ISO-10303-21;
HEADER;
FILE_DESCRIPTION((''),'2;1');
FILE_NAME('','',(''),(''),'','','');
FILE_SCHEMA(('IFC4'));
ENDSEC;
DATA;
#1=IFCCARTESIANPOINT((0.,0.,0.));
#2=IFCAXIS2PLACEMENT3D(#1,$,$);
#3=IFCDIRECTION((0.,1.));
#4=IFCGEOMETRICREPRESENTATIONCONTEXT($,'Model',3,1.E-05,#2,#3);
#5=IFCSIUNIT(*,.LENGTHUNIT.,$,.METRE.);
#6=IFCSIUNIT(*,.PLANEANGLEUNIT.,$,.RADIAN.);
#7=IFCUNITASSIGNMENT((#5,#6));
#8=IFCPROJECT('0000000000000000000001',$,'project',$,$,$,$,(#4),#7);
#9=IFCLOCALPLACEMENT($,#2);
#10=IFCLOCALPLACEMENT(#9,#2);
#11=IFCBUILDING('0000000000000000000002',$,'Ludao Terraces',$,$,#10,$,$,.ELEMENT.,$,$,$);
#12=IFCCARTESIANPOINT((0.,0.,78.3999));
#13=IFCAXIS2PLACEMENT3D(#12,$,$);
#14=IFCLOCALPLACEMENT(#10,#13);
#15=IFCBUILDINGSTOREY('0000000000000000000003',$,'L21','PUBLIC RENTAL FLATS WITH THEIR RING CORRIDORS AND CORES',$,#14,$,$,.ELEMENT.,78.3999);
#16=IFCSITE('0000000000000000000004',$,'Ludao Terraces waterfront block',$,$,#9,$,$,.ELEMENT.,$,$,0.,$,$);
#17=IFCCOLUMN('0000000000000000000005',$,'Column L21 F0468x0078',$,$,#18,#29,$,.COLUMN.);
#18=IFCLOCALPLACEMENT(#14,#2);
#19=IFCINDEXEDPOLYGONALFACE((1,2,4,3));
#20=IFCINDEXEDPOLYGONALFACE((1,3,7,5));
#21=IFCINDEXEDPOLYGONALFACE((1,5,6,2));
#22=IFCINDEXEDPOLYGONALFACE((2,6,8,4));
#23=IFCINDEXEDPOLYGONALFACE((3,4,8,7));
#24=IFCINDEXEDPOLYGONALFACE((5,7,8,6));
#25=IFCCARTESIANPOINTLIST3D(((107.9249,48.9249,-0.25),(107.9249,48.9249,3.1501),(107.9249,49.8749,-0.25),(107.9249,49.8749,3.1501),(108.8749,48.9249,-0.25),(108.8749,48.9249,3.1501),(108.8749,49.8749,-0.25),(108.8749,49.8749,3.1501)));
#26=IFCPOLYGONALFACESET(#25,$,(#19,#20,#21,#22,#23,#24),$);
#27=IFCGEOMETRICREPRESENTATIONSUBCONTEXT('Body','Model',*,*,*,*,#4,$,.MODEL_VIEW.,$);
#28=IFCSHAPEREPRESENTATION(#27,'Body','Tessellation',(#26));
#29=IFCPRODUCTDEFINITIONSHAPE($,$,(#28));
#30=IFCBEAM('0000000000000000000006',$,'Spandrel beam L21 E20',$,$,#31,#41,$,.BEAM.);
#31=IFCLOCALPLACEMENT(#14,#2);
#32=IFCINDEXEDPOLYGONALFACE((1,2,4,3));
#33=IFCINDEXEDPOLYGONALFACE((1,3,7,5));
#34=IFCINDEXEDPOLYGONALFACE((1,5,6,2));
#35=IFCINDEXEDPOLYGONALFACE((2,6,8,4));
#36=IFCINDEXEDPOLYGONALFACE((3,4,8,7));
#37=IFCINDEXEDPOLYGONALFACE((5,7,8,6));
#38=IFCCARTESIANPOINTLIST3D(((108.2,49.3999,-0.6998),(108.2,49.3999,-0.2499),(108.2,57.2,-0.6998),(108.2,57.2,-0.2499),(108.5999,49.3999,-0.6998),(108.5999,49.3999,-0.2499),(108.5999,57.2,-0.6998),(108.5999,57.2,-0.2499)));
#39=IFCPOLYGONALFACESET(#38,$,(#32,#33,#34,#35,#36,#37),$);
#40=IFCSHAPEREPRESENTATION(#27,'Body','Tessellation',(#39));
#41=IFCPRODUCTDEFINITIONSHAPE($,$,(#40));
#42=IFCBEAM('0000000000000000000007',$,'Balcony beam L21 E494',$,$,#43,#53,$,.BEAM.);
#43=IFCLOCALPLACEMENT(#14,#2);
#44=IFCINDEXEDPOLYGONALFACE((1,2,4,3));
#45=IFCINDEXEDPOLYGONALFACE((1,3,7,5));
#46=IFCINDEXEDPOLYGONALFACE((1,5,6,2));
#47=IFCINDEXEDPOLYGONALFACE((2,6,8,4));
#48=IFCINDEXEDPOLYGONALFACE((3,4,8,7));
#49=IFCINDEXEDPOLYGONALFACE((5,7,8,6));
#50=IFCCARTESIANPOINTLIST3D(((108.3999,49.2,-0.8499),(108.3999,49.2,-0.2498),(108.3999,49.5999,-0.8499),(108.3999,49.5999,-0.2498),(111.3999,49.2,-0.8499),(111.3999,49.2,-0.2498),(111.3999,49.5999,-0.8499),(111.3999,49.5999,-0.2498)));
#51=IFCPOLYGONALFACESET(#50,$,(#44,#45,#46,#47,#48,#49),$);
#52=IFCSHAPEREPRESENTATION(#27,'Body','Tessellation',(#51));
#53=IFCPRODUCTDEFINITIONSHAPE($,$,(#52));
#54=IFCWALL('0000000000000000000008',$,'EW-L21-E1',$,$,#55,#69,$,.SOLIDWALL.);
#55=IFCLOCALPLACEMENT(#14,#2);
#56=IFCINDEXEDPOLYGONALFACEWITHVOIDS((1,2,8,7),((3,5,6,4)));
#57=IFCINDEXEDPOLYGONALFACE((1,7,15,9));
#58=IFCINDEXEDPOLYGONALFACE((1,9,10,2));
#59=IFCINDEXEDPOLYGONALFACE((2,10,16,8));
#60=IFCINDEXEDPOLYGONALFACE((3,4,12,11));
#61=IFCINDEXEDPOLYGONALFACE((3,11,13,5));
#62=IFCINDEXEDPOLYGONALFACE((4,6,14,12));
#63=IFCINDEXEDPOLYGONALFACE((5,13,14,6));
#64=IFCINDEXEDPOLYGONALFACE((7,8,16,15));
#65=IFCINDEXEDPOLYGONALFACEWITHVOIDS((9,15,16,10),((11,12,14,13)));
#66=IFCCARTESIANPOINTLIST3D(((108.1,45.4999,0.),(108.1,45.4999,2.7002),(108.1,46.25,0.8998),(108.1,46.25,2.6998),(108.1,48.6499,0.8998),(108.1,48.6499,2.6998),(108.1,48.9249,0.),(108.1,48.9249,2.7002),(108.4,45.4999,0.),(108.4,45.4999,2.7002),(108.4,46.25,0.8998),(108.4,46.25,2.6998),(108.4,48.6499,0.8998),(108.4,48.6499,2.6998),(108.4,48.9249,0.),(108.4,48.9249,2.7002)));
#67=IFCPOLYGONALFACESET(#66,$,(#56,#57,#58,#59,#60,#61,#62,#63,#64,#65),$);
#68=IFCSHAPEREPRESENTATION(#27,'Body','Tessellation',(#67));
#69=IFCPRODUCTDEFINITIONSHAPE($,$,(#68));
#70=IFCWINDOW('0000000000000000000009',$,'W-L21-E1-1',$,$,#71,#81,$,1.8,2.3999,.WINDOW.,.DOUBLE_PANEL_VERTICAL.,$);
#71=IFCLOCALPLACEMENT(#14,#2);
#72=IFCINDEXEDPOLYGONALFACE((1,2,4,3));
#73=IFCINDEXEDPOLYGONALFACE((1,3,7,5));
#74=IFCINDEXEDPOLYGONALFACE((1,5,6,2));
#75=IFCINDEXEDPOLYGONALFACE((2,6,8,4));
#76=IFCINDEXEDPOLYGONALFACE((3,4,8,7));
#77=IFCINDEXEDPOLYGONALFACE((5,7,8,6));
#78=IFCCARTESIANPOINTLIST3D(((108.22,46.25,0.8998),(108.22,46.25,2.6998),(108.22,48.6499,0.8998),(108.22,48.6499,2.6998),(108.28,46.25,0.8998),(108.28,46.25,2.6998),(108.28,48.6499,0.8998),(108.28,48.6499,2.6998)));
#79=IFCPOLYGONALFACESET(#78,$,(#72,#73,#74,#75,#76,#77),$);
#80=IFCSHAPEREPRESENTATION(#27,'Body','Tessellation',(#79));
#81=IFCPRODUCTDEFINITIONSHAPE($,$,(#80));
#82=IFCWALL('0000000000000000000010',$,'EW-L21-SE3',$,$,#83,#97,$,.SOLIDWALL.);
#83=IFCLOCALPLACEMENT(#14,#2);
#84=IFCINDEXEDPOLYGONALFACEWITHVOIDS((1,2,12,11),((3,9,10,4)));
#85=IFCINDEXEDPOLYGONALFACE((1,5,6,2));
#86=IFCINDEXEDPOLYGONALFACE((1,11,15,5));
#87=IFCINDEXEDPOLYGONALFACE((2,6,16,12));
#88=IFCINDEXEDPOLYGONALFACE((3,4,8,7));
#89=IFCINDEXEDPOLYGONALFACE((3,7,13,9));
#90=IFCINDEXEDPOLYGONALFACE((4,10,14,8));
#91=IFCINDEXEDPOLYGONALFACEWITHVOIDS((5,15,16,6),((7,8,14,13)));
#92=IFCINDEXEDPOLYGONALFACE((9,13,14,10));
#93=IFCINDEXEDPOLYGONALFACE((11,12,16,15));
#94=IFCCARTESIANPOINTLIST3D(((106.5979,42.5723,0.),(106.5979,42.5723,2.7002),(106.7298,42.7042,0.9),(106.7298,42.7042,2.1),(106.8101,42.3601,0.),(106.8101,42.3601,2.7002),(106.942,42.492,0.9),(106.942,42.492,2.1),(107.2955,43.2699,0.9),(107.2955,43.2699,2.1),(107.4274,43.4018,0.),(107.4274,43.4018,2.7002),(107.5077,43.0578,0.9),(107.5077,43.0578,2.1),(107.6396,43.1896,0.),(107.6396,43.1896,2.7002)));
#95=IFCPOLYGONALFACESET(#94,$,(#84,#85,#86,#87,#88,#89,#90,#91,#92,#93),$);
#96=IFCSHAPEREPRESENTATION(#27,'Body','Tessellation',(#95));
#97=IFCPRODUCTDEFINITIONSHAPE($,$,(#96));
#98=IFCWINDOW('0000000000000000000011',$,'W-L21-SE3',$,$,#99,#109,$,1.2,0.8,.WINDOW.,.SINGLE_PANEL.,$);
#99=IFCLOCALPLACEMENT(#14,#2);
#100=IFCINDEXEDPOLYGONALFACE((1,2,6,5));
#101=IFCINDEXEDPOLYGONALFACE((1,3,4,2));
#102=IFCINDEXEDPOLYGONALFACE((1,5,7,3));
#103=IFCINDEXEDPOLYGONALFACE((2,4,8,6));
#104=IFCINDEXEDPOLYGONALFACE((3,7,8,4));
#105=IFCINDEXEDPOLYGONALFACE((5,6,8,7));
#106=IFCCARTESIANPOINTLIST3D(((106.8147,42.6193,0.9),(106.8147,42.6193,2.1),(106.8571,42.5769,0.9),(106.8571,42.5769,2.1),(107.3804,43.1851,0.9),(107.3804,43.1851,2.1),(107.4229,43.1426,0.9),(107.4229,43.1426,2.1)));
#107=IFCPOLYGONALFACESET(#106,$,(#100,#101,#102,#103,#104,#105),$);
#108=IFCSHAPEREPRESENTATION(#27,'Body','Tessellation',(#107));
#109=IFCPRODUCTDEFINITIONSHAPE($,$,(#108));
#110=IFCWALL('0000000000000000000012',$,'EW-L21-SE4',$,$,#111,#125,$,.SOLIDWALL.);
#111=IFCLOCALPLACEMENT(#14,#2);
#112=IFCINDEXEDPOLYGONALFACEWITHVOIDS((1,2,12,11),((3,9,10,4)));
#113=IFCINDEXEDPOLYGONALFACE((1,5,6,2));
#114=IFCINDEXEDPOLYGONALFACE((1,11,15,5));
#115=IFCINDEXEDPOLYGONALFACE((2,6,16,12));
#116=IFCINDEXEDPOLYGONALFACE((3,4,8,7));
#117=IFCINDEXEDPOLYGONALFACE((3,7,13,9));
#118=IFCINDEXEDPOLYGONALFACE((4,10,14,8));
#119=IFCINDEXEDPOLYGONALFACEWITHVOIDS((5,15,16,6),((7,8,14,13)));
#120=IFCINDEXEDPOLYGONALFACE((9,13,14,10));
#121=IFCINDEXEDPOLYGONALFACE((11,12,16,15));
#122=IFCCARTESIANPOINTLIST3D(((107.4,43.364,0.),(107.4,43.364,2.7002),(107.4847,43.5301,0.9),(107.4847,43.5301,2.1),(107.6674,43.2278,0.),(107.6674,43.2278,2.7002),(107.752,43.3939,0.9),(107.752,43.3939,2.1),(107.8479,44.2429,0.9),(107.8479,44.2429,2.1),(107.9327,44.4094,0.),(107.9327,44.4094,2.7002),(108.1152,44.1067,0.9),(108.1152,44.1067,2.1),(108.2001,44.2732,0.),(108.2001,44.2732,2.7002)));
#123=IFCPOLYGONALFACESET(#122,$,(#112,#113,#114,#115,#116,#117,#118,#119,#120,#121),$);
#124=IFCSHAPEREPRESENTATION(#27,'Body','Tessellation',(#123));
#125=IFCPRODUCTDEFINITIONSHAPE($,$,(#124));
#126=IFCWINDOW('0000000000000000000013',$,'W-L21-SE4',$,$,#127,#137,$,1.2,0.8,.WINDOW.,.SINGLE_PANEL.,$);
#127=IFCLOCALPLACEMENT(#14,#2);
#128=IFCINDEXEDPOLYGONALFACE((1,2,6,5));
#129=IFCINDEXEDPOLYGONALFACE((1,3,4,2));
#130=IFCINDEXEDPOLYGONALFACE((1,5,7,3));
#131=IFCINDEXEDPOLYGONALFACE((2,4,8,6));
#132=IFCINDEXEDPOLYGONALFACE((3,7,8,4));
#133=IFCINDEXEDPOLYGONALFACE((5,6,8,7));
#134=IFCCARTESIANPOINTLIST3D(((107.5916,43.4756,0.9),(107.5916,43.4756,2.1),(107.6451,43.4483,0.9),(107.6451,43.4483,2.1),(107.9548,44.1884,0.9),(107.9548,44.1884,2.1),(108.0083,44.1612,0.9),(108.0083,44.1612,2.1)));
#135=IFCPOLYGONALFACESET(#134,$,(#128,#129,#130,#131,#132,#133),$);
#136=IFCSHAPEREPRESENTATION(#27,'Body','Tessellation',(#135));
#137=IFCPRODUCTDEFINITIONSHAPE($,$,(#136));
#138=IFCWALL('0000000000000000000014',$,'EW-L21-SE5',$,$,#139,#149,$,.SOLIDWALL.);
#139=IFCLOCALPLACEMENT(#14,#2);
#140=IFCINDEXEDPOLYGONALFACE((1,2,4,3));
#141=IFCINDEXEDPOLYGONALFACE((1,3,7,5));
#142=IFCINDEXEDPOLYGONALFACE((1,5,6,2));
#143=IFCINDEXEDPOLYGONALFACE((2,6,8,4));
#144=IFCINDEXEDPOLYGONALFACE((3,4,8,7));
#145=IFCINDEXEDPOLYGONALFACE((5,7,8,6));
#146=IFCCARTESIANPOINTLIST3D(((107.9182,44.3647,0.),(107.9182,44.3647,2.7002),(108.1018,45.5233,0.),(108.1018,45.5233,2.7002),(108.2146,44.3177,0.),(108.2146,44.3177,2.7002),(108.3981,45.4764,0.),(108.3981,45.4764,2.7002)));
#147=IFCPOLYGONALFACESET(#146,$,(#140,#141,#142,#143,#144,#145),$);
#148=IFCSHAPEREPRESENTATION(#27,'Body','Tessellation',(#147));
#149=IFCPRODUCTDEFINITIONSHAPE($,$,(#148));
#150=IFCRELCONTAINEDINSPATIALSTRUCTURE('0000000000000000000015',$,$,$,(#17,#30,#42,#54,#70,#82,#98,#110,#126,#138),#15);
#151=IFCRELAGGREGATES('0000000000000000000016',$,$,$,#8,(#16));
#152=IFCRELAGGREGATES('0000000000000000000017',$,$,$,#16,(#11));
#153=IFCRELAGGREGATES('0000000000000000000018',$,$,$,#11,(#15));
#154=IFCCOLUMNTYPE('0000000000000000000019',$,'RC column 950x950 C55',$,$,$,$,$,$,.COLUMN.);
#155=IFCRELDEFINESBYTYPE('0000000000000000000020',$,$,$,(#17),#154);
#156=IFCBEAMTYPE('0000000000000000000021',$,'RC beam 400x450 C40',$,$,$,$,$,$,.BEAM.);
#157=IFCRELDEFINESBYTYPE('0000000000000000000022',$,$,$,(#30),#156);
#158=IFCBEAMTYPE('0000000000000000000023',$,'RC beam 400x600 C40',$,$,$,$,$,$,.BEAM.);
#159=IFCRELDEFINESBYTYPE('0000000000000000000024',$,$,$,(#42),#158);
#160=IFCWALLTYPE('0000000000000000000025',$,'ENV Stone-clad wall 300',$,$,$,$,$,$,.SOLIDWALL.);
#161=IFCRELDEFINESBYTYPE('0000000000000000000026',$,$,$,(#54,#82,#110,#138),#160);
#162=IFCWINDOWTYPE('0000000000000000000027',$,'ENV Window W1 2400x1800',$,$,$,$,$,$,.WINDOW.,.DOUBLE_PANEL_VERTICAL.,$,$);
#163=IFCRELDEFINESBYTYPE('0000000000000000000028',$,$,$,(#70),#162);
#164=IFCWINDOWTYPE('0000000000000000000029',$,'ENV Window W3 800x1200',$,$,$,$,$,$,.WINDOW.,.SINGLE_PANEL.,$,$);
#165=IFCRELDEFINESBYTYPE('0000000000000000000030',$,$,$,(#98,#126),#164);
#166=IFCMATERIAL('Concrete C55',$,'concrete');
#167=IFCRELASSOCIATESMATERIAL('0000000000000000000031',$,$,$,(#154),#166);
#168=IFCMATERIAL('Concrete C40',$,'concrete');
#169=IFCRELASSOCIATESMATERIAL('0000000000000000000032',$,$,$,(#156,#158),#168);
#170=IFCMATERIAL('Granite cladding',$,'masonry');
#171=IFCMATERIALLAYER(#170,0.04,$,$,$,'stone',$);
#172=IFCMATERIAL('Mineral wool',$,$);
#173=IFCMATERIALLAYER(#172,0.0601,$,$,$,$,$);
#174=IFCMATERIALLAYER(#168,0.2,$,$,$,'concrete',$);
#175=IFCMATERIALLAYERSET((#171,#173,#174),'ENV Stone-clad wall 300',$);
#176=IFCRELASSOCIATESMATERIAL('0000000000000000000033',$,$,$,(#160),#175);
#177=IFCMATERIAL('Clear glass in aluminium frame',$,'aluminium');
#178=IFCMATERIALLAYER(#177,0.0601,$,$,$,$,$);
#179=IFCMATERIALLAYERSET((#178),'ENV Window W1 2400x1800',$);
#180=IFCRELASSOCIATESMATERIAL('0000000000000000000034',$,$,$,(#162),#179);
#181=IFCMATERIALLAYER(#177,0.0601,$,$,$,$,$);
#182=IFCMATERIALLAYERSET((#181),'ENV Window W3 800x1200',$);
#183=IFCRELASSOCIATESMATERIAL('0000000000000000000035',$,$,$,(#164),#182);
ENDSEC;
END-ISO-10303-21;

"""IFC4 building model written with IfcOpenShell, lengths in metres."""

from ifc_helpers import new_model, si_unit, direction, frame, frame_2d, origin, origin_2d, place, context, subcontext, project, spatial, rectangle, extrude, material, layer, layer_set, material_profile, profile_set, type_object, element, fill, save


model = new_model("IFC4")

# Units and contexts
model_context = context("Model", 3, precision=1e-05, world=origin(), true_north=direction((0.0, 1.0)))
body_context = subcontext(model_context, "Body", "Model", "MODEL_VIEW")
ifc_project = project(units=[si_unit("LENGTHUNIT", "METRE"), si_unit("PLANEANGLEUNIT", "RADIAN")], contexts=[model_context])

# Site, building, storey
site_placement = place(None, origin())
site = spatial("IfcSite", under=ifc_project, at=site_placement, Name="Ludao Terraces waterfront block", CompositionType="ELEMENT", RefElevation=0.0)
building_placement = place(site_placement, origin())
building = spatial("IfcBuilding", under=site, at=building_placement, Name="Ludao Terraces", CompositionType="ELEMENT")
storey_placement = place(building_placement, frame((0.0, 0.0, 78.3999)))
storey = spatial("IfcBuildingStorey", under=building, at=storey_placement, Name="L21", Description="PUBLIC RENTAL FLATS WITH THEIR RING CORRIDORS AND CORES", CompositionType="ELEMENT", Elevation=78.3999)

# Column
ifc_material_1 = material(Name="Concrete C55", Category="concrete")
ifc_material_profile_1 = material_profile(ifc_material_1, rectangle(XDim=0.95, YDim=0.95, at=origin_2d()), Name="950 X 950")
ifc_profile_set_1 = profile_set([ifc_material_profile_1], Name="Concrete C55")
column_type = type_object("IfcColumnType", Name="RC column 950x950 C55", PredefinedType="COLUMN", material=ifc_profile_set_1)
column_placement = place(storey_placement, frame((108.3999, 49.3999, -0.25), z_axis=(0.0, 0.0, 1.0), x_axis=(1.0, 0.0, 0.0)))
element("IfcColumn", 1, at=column_placement, inside=storey, type_object=column_type, Name="Column L21 F0468x0078", PredefinedType="COLUMN", context=body_context, shape_type="SweptSolid", body=[
    extrude(rectangle(XDim=0.95, YDim=0.95, at=origin_2d()), origin(), (0.0, 0.0, 1.0), 3.4001),
])

# Beams
ifc_material_2 = material(Name="Concrete C40", Category="concrete")
ifc_material_profile_2 = material_profile(ifc_material_2, rectangle(XDim=0.3999, YDim=0.45, at=origin_2d()), Name="400 X 450")
ifc_profile_set_2 = profile_set([ifc_material_profile_2], Name="Concrete C40")
beam_type_1 = type_object("IfcBeamType", Name="RC beam 400x450 C40", PredefinedType="BEAM", material=ifc_profile_set_2)
beam_1_placement = place(storey_placement, frame((108.3999, 49.3999, -0.4749), z_axis=(0.0, 1.0, 0.0), x_axis=(-1.0, 0.0, 0.0)))
element("IfcBeam", 2, at=beam_1_placement, inside=storey, type_object=beam_type_1, Name="Spandrel beam L21 E20", PredefinedType="BEAM", context=body_context, shape_type="SweptSolid", body=[
    extrude(rectangle(XDim=0.3999, YDim=0.45, at=origin_2d()), origin(), (0.0, 0.0, 1.0), 7.8),
])
ifc_material_profile_3 = material_profile(ifc_material_2, rectangle(XDim=0.3999, YDim=0.6001, at=origin_2d()), Name="400 X 600")
ifc_profile_set_3 = profile_set([ifc_material_profile_3], Name="Concrete C40")
beam_type_2 = type_object("IfcBeamType", Name="RC beam 400x600 C40", PredefinedType="BEAM", material=ifc_profile_set_3)
beam_2_placement = place(storey_placement, frame((108.3999, 49.3999, -0.5498), z_axis=(1.0, 0.0, 0.0), x_axis=(0.0, 1.0, 0.0)))
element("IfcBeam", 3, at=beam_2_placement, inside=storey, type_object=beam_type_2, Name="Balcony beam L21 E494", PredefinedType="BEAM", context=body_context, shape_type="SweptSolid", body=[
    extrude(rectangle(XDim=0.3999, YDim=0.6001, at=origin_2d()), origin(), (0.0, 0.0, 1.0), 3.0),
])

# Walls, openings, windows
ifc_material_3 = material(Name="Granite cladding", Category="masonry")
ifc_layer_1 = layer(ifc_material_3, 0.04, Category="stone")
ifc_material_4 = material(Name="Mineral wool")
ifc_layer_2 = layer(ifc_material_4, 0.0601)
ifc_layer_3 = layer(ifc_material_2, 0.2, Category="concrete")
ifc_layer_set_1 = layer_set([ifc_layer_1, ifc_layer_2, ifc_layer_3], Name="ENV Stone-clad wall 300")
wall_type = type_object("IfcWallType", Name="ENV Stone-clad wall 300", PredefinedType="SOLIDWALL", material=ifc_layer_set_1)
wall_1_placement = place(storey_placement, frame((108.25, 45.5, 0.0), z_axis=(0.0, 0.0, 1.0), x_axis=(0.0, 1.0, 0.0)))
wall_1 = element("IfcWall", 4, at=wall_1_placement, inside=storey, type_object=wall_type, Name="EW-L21-E1", PredefinedType="SOLIDWALL", context=body_context, shape_type="SweptSolid", body=[
    extrude(rectangle(XDim=3.425, YDim=0.3, at=frame_2d((1.7124, 0.0))), origin(), (0.0, 0.0, 1.0), 2.7002),
])
opening_1_placement = place(wall_1_placement, frame((0.75, 0.0, 0.8999)))
opening_1 = element("IfcOpeningElement", 5, at=opening_1_placement, cuts=wall_1, PredefinedType="OPENING", context=body_context, shape_type="SweptSolid", body=[
    extrude(rectangle(XDim=2.3999, YDim=1.8, at=frame_2d((1.2, 0.8999))), frame((0.0, 0.1602, 0.0), z_axis=(0.0, -1.0, 0.0), x_axis=(1.0, 0.0, 0.0)), (0.0, 0.0, 1.0), 0.3201),
])
ifc_material_5 = material(Name="Clear glass in aluminium frame", Category="aluminium")
ifc_layer_4 = layer(ifc_material_5, 0.0601)
ifc_layer_set_2 = layer_set([ifc_layer_4], Name="ENV Window W1 2400x1800")
window_type_1 = type_object("IfcWindowType", Name="ENV Window W1 2400x1800", PartitioningType="DOUBLE_PANEL_VERTICAL", PredefinedType="WINDOW", material=ifc_layer_set_2)
window_1_placement = place(opening_1_placement, origin())
window_1 = element("IfcWindow", 6, at=window_1_placement, inside=storey, type_object=window_type_1, Name="W-L21-E1-1", OverallHeight=1.8, OverallWidth=2.3999, PartitioningType="DOUBLE_PANEL_VERTICAL", PredefinedType="WINDOW", context=body_context, shape_type="SweptSolid", body=[
    extrude(rectangle(XDim=2.3999, YDim=1.8, at=frame_2d((1.2, 0.8999))), frame((0.0, 0.03, 0.0), z_axis=(0.0, -1.0, 0.0), x_axis=(1.0, 0.0, 0.0)), (0.0, 0.0, 1.0), 0.0601),
])
fill(opening_1, window_1)
wall_2_placement = place(storey_placement, frame((106.7041, 42.4663, 0.0), z_axis=(0.0, 0.0, 1.0), x_axis=(0.707107, 0.707107, 0.0)))
wall_2 = element("IfcWall", 7, at=wall_2_placement, inside=storey, type_object=wall_type, Name="EW-L21-SE3", PredefinedType="SOLIDWALL", context=body_context, shape_type="SweptSolid", body=[
    extrude(rectangle(XDim=1.1731, YDim=0.3, at=frame_2d((0.5864, 0.0))), origin(), (0.0, 0.0, 1.0), 2.7002),
])
opening_2_placement = place(wall_2_placement, frame((0.1865, 0.0, 0.8999)))
opening_2 = element("IfcOpeningElement", 8, at=opening_2_placement, cuts=wall_2, PredefinedType="OPENING", context=body_context, shape_type="SweptSolid", body=[
    extrude(rectangle(XDim=0.8, YDim=1.2, at=frame_2d((0.3999, 0.6001))), frame((0.0, 0.1602, 0.0), z_axis=(0.0, -1.0, 0.0), x_axis=(1.0, 0.0, 0.0)), (0.0, 0.0, 1.0), 0.3201),
])
ifc_layer_5 = layer(ifc_material_5, 0.0601)
ifc_layer_set_3 = layer_set([ifc_layer_5], Name="ENV Window W3 800x1200")
window_type_2 = type_object("IfcWindowType", Name="ENV Window W3 800x1200", PartitioningType="SINGLE_PANEL", PredefinedType="WINDOW", material=ifc_layer_set_3)
window_2_placement = place(opening_2_placement, origin())
window_2 = element("IfcWindow", 9, at=window_2_placement, inside=storey, type_object=window_type_2, Name="W-L21-SE3", OverallHeight=1.2, OverallWidth=0.8, PartitioningType="SINGLE_PANEL", PredefinedType="WINDOW", context=body_context, shape_type="SweptSolid", body=[
    extrude(rectangle(XDim=0.8, YDim=1.2, at=frame_2d((0.3999, 0.6001))), frame((0.0, 0.03, 0.0), z_axis=(0.0, -1.0, 0.0), x_axis=(1.0, 0.0, 0.0)), (0.0, 0.0, 1.0), 0.0601),
])
fill(opening_2, window_2)
wall_3_placement = place(storey_placement, frame((107.5337, 43.2959, 0.0), z_axis=(0.0, 0.0, 1.0), x_axis=(0.454026, 0.890989, 0.0)))
wall_3 = element("IfcWall", 10, at=wall_3_placement, inside=storey, type_object=wall_type, Name="EW-L21-SE4", PredefinedType="SOLIDWALL", context=body_context, shape_type="SweptSolid", body=[
    extrude(rectangle(XDim=1.1733, YDim=0.3, at=frame_2d((0.5867, 0.0))), origin(), (0.0, 0.0, 1.0), 2.7002),
])
opening_3_placement = place(wall_3_placement, frame((0.1865, 0.0, 0.8999)))
opening_3 = element("IfcOpeningElement", 11, at=opening_3_placement, cuts=wall_3, PredefinedType="OPENING", context=body_context, shape_type="SweptSolid", body=[
    extrude(rectangle(XDim=0.8, YDim=1.2, at=frame_2d((0.3999, 0.6001))), frame((0.0, 0.1602, 0.0), z_axis=(0.0, -1.0, 0.0), x_axis=(1.0, 0.0, 0.0)), (0.0, 0.0, 1.0), 0.3201),
])
window_3_placement = place(opening_3_placement, origin())
window_3 = element("IfcWindow", 12, at=window_3_placement, inside=storey, type_object=window_type_2, Name="W-L21-SE4", OverallHeight=1.2, OverallWidth=0.8, PartitioningType="SINGLE_PANEL", PredefinedType="WINDOW", context=body_context, shape_type="SweptSolid", body=[
    extrude(rectangle(XDim=0.8, YDim=1.2, at=frame_2d((0.3999, 0.6001))), frame((0.0, 0.03, 0.0), z_axis=(0.0, -1.0, 0.0), x_axis=(1.0, 0.0, 0.0)), (0.0, 0.0, 1.0), 0.0601),
])
fill(opening_3, window_3)

# Wall
wall_4_placement = place(storey_placement, frame((108.0664, 44.3413, 0.0), z_axis=(0.0, 0.0, 1.0), x_axis=(0.156497, 0.987678, 0.0)))
element("IfcWall", 13, at=wall_4_placement, inside=storey, type_object=wall_type, Name="EW-L21-SE5", PredefinedType="SOLIDWALL", context=body_context, shape_type="SweptSolid", body=[
    extrude(rectangle(XDim=1.1731, YDim=0.3, at=frame_2d((0.5864, 0.0))), origin(), (0.0, 0.0, 1.0), 2.7002),
])

save(model, "model.ifc")
